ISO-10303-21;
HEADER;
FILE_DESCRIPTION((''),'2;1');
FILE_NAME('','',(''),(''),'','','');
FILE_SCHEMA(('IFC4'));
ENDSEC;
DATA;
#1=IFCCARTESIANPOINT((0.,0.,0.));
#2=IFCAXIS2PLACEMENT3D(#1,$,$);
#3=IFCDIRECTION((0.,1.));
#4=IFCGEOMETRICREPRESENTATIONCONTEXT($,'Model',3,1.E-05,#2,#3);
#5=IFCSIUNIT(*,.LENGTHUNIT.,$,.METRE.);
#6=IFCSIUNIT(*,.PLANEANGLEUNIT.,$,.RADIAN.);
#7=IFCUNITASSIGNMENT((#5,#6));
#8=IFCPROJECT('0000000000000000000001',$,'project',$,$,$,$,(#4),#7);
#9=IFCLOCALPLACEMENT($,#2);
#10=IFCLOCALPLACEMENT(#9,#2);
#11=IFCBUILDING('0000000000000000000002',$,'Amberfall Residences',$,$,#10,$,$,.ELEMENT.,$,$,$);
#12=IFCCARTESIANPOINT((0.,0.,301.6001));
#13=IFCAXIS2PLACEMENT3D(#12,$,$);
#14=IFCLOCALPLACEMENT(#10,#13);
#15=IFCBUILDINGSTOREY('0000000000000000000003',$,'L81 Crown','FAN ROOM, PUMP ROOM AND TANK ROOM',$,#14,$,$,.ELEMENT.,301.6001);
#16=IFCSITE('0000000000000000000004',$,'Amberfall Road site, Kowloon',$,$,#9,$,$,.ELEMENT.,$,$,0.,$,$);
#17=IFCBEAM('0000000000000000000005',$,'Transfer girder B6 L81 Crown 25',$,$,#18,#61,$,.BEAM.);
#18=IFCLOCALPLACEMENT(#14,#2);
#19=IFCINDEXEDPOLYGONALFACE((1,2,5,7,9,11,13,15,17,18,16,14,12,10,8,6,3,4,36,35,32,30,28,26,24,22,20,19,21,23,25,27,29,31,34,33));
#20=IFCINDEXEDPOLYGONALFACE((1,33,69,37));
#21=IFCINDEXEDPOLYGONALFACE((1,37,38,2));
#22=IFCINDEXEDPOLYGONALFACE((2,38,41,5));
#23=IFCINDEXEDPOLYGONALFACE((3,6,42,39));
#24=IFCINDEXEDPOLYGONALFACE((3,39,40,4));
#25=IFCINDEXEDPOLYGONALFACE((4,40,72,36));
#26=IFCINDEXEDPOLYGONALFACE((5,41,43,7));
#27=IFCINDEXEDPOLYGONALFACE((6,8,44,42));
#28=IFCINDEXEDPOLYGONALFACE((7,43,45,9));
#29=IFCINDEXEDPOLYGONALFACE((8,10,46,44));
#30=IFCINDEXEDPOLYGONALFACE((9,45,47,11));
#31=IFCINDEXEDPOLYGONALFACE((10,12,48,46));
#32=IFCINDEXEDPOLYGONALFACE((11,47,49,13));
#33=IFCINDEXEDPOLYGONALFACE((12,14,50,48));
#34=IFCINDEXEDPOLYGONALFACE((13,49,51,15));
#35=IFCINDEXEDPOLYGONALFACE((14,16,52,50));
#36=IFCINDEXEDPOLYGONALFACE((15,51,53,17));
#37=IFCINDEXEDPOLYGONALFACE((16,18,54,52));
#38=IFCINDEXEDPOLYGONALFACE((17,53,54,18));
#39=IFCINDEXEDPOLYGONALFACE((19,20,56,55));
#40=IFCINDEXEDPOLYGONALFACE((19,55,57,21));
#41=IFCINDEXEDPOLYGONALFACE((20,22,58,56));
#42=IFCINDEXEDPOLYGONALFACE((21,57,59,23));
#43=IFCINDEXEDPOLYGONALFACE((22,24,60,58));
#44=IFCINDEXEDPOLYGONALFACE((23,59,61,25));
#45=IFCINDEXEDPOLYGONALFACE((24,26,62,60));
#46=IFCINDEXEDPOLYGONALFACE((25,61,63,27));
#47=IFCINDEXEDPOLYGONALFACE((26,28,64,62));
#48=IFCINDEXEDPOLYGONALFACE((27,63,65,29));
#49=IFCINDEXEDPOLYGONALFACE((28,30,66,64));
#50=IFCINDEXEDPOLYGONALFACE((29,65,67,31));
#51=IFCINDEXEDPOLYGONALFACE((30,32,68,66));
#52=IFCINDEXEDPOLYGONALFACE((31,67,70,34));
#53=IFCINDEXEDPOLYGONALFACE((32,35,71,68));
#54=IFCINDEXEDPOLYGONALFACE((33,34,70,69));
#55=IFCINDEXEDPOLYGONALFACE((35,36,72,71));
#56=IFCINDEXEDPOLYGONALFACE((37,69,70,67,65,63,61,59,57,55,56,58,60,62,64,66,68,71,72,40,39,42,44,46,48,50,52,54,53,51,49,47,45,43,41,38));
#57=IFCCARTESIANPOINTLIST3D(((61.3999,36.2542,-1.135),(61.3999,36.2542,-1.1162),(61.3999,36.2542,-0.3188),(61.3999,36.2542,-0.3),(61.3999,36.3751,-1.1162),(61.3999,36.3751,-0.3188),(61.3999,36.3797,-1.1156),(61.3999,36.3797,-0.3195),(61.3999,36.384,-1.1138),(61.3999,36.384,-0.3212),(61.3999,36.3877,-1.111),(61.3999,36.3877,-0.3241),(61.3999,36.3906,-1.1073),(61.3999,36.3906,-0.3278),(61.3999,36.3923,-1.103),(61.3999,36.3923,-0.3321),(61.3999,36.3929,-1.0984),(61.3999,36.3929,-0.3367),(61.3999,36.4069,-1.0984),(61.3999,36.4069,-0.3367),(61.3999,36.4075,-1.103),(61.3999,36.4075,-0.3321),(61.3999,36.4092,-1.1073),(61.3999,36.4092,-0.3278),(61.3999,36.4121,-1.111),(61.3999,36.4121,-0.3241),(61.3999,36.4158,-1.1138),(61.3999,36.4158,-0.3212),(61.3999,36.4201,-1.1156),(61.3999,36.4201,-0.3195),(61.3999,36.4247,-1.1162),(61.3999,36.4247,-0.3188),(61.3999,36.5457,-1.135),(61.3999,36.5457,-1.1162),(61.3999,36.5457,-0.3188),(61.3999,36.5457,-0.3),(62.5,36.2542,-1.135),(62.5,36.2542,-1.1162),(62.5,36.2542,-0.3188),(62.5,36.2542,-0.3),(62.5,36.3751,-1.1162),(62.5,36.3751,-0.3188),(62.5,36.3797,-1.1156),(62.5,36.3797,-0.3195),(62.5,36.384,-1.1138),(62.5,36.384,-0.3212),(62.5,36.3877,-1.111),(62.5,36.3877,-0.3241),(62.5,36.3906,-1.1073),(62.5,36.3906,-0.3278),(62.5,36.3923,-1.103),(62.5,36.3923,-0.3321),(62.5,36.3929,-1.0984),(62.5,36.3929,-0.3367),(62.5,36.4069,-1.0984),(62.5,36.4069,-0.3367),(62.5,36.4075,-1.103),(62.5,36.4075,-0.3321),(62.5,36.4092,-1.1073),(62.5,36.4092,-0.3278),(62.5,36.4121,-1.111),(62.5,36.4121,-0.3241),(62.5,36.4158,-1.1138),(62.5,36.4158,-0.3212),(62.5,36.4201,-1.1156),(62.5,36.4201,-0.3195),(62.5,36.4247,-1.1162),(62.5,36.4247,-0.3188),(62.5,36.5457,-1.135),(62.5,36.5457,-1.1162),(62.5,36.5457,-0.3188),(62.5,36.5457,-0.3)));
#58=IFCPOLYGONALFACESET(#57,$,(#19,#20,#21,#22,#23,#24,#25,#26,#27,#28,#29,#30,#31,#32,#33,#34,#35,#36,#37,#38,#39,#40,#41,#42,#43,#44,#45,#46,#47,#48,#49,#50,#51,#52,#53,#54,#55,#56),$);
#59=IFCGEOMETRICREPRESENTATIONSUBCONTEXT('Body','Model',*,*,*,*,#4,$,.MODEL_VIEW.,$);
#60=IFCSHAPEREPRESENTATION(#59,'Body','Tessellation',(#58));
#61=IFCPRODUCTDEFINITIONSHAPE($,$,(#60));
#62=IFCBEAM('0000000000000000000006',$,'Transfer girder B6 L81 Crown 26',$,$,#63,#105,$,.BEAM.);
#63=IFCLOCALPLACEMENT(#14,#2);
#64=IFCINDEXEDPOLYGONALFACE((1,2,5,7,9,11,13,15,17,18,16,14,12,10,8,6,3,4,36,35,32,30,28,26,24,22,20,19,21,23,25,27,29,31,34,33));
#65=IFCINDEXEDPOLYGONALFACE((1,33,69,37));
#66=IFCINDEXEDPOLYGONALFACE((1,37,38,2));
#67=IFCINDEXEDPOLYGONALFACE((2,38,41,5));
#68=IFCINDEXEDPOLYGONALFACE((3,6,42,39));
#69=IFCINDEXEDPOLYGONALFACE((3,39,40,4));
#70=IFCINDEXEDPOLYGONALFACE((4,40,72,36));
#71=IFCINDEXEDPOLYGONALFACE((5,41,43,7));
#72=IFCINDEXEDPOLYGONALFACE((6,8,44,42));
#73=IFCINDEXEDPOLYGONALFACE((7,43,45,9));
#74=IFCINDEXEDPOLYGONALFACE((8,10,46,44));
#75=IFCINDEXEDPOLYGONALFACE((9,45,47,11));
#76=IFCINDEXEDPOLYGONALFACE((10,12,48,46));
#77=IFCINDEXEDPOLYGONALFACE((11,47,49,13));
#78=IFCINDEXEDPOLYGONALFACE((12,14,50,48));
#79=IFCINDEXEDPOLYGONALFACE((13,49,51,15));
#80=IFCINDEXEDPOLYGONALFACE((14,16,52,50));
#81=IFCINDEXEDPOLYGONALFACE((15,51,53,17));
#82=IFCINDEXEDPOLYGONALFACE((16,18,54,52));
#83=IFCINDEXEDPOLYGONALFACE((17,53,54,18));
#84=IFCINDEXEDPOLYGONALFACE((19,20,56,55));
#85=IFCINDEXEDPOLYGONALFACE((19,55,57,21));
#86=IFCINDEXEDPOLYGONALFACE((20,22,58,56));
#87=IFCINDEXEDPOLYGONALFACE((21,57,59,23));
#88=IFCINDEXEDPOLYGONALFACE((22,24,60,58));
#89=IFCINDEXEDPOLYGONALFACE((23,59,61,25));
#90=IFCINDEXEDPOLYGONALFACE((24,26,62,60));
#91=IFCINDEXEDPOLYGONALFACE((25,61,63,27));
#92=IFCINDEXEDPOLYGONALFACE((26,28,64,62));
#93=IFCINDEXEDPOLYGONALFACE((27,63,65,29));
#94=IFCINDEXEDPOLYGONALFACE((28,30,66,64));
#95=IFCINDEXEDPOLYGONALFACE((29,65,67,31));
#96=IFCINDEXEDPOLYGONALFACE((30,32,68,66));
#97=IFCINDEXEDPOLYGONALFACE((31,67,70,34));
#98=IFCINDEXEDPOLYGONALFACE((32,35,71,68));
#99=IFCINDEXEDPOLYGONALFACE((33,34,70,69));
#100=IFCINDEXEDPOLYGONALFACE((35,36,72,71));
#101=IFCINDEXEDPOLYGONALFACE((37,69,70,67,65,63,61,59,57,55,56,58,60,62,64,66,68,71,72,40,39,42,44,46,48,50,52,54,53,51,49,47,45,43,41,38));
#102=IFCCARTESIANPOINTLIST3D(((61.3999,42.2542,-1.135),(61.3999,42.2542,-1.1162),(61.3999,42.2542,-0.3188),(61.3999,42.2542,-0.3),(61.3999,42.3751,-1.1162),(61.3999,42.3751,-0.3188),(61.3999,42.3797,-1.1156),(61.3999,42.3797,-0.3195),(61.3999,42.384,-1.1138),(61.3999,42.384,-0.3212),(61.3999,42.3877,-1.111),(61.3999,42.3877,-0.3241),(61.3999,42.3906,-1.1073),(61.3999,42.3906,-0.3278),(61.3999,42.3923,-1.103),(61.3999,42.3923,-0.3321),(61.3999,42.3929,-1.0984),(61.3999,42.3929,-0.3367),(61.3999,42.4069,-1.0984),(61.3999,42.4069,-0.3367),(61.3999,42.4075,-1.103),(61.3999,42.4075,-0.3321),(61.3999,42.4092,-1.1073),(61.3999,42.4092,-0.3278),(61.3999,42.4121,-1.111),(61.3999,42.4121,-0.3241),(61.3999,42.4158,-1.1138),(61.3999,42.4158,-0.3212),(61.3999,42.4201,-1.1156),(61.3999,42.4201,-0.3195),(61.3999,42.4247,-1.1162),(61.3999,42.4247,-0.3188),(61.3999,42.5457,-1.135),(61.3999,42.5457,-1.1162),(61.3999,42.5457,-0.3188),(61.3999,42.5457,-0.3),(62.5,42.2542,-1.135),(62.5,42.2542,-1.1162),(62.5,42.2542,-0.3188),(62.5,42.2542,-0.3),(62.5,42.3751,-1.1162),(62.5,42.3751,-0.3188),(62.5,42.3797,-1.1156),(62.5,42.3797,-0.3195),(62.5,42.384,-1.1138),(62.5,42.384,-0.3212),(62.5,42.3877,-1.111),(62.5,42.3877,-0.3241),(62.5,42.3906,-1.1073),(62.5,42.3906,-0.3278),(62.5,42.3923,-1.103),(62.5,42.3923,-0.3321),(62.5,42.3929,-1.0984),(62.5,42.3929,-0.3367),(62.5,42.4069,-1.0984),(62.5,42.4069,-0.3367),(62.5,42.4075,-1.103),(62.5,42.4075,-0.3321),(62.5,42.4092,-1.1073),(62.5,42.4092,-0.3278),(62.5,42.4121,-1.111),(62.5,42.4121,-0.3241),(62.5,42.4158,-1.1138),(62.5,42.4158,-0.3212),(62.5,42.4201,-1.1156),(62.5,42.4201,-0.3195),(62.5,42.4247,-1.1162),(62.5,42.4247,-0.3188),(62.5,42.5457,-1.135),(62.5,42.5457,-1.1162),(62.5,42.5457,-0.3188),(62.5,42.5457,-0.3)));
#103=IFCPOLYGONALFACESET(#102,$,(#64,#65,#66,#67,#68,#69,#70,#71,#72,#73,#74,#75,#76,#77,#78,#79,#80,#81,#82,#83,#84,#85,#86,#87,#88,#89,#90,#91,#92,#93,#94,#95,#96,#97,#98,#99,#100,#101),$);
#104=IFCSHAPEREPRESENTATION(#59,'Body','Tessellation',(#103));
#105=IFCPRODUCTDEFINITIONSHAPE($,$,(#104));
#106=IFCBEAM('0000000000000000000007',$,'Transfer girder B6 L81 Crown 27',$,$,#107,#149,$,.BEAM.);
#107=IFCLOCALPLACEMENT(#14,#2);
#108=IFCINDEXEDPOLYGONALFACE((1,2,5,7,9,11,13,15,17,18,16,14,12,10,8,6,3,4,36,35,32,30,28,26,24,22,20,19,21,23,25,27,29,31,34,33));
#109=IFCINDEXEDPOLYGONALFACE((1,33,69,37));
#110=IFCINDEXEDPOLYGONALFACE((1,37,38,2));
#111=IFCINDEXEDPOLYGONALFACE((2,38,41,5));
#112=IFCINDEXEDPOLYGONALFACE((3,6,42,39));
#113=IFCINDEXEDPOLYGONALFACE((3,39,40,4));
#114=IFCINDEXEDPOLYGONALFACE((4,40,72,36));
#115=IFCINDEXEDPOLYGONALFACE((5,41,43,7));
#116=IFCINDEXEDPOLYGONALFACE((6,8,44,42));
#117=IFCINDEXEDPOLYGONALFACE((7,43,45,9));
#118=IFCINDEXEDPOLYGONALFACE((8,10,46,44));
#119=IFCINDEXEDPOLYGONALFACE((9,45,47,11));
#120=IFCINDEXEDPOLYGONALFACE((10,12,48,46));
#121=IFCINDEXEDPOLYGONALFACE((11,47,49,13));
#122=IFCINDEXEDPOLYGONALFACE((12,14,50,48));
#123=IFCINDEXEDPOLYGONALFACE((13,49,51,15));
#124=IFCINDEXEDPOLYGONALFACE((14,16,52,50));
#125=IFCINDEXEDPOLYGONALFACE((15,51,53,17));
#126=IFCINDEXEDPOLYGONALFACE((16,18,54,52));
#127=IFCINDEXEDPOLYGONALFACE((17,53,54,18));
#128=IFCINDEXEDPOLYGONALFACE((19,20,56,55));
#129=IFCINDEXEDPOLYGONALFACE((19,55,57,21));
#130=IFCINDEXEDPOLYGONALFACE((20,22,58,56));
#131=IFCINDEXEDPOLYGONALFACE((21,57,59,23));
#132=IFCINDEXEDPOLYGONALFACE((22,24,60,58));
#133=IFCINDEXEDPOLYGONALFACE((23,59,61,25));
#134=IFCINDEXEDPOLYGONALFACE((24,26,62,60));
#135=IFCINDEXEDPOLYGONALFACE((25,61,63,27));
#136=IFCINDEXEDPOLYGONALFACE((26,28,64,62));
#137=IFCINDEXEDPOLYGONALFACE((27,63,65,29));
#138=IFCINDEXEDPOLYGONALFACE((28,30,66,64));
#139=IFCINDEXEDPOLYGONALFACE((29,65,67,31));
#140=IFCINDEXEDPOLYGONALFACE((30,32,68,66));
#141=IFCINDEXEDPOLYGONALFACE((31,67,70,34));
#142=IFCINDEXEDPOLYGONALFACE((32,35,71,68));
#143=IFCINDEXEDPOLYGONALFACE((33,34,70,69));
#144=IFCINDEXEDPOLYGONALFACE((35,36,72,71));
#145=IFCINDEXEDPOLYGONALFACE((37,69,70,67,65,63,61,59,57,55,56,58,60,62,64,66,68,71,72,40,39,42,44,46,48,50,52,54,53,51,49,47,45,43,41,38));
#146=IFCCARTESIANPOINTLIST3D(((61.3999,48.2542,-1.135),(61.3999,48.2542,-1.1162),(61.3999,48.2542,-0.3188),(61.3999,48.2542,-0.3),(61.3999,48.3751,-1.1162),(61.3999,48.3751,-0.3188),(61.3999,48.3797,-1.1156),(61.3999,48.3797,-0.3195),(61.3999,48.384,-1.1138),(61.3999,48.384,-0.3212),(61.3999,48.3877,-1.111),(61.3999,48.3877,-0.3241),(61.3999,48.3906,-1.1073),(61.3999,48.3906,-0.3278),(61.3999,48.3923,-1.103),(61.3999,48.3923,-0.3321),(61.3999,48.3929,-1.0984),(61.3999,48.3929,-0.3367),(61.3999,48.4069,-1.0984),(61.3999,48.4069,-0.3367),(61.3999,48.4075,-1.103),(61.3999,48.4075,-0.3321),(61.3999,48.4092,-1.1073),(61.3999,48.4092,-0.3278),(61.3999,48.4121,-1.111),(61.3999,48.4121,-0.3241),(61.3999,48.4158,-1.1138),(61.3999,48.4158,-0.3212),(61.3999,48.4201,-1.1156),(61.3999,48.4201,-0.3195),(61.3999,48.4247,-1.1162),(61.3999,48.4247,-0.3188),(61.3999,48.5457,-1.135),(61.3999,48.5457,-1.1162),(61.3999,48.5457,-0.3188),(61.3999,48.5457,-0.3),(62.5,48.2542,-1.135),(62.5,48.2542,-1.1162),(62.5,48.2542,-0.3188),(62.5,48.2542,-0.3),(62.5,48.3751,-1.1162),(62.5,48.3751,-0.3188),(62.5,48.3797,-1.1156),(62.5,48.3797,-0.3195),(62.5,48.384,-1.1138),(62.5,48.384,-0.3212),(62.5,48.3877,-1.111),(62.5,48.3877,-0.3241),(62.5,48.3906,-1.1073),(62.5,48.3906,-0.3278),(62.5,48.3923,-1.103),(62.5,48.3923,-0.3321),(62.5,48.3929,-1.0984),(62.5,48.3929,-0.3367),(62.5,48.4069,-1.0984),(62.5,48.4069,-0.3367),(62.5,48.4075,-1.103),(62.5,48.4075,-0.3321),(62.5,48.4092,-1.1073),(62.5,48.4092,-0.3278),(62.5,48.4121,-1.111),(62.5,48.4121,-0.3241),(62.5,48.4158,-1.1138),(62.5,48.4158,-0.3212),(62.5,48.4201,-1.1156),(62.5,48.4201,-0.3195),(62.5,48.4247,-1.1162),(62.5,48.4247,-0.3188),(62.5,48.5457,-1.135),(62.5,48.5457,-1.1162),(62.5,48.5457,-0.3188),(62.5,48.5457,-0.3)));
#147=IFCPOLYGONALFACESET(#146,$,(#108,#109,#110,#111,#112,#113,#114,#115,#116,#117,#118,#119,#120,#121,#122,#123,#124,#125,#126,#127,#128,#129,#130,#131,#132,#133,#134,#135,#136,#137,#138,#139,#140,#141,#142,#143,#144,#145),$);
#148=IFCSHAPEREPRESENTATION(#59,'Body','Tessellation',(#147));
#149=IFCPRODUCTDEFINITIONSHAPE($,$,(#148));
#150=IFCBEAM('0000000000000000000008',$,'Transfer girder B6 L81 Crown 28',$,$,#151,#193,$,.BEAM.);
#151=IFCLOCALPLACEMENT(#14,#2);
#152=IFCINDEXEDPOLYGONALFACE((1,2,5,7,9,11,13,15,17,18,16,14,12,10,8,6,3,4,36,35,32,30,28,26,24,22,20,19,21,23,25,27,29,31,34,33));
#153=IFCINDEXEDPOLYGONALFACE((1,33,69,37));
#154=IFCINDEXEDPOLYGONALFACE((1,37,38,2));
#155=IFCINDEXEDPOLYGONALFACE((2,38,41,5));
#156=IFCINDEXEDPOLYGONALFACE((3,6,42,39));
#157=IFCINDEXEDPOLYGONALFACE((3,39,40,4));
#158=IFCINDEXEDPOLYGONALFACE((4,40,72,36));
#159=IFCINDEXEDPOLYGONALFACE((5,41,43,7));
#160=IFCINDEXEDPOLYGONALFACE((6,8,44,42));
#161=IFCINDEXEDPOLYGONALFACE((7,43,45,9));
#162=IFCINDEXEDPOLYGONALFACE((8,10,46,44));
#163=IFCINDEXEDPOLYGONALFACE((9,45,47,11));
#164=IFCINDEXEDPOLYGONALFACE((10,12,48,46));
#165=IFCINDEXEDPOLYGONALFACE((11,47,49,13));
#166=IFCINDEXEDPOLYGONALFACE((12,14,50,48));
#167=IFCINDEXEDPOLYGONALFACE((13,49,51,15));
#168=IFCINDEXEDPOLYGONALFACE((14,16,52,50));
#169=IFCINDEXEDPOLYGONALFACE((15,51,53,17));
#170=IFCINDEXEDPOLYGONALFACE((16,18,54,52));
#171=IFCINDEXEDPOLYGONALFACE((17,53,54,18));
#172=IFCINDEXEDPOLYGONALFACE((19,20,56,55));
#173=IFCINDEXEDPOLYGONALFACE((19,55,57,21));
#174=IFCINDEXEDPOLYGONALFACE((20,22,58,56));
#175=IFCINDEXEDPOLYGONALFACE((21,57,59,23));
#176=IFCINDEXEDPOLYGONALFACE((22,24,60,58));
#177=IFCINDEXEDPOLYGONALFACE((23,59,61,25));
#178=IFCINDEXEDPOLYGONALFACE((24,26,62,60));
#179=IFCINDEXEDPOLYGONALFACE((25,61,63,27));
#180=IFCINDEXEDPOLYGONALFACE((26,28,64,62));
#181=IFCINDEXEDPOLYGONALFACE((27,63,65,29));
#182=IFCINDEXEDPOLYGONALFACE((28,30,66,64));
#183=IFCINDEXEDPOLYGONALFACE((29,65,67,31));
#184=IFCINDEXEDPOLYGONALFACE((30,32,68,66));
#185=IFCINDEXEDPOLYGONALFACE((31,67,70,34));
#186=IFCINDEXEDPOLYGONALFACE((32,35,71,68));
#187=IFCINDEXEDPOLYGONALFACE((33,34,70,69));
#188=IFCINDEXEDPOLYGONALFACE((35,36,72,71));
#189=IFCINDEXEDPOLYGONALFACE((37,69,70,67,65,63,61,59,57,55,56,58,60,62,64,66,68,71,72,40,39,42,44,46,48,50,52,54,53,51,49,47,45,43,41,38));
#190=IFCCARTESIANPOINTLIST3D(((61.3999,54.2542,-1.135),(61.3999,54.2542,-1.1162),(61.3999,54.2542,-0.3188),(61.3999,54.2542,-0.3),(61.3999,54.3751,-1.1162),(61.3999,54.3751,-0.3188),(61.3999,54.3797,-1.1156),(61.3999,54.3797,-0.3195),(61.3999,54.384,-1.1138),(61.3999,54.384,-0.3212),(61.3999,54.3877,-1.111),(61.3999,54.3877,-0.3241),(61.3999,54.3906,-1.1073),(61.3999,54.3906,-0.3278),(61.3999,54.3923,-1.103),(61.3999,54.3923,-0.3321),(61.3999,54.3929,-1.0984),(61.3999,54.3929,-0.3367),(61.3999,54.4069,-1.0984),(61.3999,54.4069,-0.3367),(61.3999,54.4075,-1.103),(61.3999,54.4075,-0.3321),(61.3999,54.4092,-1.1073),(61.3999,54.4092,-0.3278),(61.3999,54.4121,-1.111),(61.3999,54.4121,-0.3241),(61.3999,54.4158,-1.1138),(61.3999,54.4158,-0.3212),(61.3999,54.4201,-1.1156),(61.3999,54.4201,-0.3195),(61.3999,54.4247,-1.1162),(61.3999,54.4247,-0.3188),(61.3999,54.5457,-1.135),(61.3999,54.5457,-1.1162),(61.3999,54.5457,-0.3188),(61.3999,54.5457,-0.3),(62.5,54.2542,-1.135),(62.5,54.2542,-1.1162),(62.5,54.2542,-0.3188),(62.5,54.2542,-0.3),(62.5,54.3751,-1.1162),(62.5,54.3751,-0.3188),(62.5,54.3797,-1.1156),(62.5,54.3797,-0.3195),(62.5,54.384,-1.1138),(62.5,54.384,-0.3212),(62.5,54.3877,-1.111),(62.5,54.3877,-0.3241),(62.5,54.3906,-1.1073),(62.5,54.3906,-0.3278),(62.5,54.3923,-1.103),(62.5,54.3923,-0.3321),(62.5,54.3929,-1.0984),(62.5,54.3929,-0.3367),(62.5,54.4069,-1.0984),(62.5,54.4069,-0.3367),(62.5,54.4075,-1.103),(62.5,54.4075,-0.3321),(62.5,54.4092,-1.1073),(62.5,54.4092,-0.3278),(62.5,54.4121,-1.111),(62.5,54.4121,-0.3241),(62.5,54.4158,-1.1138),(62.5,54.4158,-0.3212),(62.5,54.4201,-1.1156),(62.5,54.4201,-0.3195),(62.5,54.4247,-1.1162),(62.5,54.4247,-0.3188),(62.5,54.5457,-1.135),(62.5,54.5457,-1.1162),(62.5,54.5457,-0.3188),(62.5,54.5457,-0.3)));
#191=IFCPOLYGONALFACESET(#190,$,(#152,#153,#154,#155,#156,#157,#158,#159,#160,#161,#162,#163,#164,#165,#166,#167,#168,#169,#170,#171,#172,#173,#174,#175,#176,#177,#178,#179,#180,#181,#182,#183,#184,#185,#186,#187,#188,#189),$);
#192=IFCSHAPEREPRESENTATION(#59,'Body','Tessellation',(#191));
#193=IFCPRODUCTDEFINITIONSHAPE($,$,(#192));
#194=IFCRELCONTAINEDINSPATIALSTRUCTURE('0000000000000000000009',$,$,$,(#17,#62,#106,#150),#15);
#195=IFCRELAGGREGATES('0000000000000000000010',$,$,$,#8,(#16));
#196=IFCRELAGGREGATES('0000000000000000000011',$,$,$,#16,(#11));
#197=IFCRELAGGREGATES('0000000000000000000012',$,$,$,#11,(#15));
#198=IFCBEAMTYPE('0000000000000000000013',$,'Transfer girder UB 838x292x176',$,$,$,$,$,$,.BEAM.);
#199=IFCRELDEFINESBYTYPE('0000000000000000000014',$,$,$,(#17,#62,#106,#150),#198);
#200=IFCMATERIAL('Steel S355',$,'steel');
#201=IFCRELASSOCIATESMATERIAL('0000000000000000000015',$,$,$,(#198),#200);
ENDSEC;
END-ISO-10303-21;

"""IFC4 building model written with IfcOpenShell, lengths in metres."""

from ifc_helpers import new_model, si_unit, direction, frame, origin, origin_2d, place, context, subcontext, project, spatial, i_section, extrude, material, material_profile, profile_set, type_object, element, save


model = new_model("IFC4")

# Units and contexts
model_context = context("Model", 3, precision=1e-05, world=origin(), true_north=direction((0.0, 1.0)))
body_context = subcontext(model_context, "Body", "Model", "MODEL_VIEW")
ifc_project = project(units=[si_unit("LENGTHUNIT", "METRE"), si_unit("PLANEANGLEUNIT", "RADIAN")], contexts=[model_context])

# Site, building, storey
site_placement = place(None, origin())
site = spatial("IfcSite", under=ifc_project, at=site_placement, Name="Amberfall Road site, Kowloon", CompositionType="ELEMENT", RefElevation=0.0)
building_placement = place(site_placement, origin())
building = spatial("IfcBuilding", under=site, at=building_placement, Name="Amberfall Residences", CompositionType="ELEMENT")
storey_placement = place(building_placement, frame((0.0, 0.0, 301.6001)))
storey = spatial("IfcBuildingStorey", under=building, at=storey_placement, Name="L81 Crown", Description="FAN ROOM, PUMP ROOM AND TANK ROOM", CompositionType="ELEMENT", Elevation=301.6001)

# Beams
ifc_material_1 = material(Name="Steel S355", Category="steel")
ifc_material_profile_1 = material_profile(ifc_material_1, i_section(OverallWidth=0.2915, OverallDepth=0.835, WebThickness=0.0139, FlangeThickness=0.0188, FilletRadius=0.0178, at=origin_2d()), Name="UB 838x292x176")
ifc_profile_set_1 = profile_set([ifc_material_profile_1], Name="Steel S355")
beam_type_1 = type_object("IfcBeamType", Name="Transfer girder UB 838x292x176", PredefinedType="BEAM", material=ifc_profile_set_1)
for number, where, z_axis, x_axis, name in (
    (1, (61.3999, 36.3999, -0.7175), (1.0, 0.0, 0.0), (0.0, 1.0, 0.0), "Transfer girder B6 L81 Crown 25"),
    (2, (61.3999, 42.3999, -0.7175), (1.0, 0.0, 0.0), (0.0, 1.0, 0.0), "Transfer girder B6 L81 Crown 26"),
    (3, (61.3999, 48.3999, -0.7175), (1.0, 0.0, 0.0), (0.0, 1.0, 0.0), "Transfer girder B6 L81 Crown 27"),
    (4, (61.3999, 54.3999, -0.7175), (1.0, 0.0, 0.0), (0.0, 1.0, 0.0), "Transfer girder B6 L81 Crown 28"),
):
    element("IfcBeam", number, at=place(storey_placement, frame(where, z_axis=z_axis, x_axis=x_axis)), inside=storey, type_object=beam_type_1, Name=name, PredefinedType="BEAM", context=body_context, shape_type="SweptSolid", body=[
        extrude(i_section(OverallWidth=0.2915, OverallDepth=0.835, WebThickness=0.0139, FlangeThickness=0.0188, FilletRadius=0.0178, at=origin_2d()), origin(), (0.0, 0.0, 1.0), 1.1001),
    ])

save(model, "model.ifc")
